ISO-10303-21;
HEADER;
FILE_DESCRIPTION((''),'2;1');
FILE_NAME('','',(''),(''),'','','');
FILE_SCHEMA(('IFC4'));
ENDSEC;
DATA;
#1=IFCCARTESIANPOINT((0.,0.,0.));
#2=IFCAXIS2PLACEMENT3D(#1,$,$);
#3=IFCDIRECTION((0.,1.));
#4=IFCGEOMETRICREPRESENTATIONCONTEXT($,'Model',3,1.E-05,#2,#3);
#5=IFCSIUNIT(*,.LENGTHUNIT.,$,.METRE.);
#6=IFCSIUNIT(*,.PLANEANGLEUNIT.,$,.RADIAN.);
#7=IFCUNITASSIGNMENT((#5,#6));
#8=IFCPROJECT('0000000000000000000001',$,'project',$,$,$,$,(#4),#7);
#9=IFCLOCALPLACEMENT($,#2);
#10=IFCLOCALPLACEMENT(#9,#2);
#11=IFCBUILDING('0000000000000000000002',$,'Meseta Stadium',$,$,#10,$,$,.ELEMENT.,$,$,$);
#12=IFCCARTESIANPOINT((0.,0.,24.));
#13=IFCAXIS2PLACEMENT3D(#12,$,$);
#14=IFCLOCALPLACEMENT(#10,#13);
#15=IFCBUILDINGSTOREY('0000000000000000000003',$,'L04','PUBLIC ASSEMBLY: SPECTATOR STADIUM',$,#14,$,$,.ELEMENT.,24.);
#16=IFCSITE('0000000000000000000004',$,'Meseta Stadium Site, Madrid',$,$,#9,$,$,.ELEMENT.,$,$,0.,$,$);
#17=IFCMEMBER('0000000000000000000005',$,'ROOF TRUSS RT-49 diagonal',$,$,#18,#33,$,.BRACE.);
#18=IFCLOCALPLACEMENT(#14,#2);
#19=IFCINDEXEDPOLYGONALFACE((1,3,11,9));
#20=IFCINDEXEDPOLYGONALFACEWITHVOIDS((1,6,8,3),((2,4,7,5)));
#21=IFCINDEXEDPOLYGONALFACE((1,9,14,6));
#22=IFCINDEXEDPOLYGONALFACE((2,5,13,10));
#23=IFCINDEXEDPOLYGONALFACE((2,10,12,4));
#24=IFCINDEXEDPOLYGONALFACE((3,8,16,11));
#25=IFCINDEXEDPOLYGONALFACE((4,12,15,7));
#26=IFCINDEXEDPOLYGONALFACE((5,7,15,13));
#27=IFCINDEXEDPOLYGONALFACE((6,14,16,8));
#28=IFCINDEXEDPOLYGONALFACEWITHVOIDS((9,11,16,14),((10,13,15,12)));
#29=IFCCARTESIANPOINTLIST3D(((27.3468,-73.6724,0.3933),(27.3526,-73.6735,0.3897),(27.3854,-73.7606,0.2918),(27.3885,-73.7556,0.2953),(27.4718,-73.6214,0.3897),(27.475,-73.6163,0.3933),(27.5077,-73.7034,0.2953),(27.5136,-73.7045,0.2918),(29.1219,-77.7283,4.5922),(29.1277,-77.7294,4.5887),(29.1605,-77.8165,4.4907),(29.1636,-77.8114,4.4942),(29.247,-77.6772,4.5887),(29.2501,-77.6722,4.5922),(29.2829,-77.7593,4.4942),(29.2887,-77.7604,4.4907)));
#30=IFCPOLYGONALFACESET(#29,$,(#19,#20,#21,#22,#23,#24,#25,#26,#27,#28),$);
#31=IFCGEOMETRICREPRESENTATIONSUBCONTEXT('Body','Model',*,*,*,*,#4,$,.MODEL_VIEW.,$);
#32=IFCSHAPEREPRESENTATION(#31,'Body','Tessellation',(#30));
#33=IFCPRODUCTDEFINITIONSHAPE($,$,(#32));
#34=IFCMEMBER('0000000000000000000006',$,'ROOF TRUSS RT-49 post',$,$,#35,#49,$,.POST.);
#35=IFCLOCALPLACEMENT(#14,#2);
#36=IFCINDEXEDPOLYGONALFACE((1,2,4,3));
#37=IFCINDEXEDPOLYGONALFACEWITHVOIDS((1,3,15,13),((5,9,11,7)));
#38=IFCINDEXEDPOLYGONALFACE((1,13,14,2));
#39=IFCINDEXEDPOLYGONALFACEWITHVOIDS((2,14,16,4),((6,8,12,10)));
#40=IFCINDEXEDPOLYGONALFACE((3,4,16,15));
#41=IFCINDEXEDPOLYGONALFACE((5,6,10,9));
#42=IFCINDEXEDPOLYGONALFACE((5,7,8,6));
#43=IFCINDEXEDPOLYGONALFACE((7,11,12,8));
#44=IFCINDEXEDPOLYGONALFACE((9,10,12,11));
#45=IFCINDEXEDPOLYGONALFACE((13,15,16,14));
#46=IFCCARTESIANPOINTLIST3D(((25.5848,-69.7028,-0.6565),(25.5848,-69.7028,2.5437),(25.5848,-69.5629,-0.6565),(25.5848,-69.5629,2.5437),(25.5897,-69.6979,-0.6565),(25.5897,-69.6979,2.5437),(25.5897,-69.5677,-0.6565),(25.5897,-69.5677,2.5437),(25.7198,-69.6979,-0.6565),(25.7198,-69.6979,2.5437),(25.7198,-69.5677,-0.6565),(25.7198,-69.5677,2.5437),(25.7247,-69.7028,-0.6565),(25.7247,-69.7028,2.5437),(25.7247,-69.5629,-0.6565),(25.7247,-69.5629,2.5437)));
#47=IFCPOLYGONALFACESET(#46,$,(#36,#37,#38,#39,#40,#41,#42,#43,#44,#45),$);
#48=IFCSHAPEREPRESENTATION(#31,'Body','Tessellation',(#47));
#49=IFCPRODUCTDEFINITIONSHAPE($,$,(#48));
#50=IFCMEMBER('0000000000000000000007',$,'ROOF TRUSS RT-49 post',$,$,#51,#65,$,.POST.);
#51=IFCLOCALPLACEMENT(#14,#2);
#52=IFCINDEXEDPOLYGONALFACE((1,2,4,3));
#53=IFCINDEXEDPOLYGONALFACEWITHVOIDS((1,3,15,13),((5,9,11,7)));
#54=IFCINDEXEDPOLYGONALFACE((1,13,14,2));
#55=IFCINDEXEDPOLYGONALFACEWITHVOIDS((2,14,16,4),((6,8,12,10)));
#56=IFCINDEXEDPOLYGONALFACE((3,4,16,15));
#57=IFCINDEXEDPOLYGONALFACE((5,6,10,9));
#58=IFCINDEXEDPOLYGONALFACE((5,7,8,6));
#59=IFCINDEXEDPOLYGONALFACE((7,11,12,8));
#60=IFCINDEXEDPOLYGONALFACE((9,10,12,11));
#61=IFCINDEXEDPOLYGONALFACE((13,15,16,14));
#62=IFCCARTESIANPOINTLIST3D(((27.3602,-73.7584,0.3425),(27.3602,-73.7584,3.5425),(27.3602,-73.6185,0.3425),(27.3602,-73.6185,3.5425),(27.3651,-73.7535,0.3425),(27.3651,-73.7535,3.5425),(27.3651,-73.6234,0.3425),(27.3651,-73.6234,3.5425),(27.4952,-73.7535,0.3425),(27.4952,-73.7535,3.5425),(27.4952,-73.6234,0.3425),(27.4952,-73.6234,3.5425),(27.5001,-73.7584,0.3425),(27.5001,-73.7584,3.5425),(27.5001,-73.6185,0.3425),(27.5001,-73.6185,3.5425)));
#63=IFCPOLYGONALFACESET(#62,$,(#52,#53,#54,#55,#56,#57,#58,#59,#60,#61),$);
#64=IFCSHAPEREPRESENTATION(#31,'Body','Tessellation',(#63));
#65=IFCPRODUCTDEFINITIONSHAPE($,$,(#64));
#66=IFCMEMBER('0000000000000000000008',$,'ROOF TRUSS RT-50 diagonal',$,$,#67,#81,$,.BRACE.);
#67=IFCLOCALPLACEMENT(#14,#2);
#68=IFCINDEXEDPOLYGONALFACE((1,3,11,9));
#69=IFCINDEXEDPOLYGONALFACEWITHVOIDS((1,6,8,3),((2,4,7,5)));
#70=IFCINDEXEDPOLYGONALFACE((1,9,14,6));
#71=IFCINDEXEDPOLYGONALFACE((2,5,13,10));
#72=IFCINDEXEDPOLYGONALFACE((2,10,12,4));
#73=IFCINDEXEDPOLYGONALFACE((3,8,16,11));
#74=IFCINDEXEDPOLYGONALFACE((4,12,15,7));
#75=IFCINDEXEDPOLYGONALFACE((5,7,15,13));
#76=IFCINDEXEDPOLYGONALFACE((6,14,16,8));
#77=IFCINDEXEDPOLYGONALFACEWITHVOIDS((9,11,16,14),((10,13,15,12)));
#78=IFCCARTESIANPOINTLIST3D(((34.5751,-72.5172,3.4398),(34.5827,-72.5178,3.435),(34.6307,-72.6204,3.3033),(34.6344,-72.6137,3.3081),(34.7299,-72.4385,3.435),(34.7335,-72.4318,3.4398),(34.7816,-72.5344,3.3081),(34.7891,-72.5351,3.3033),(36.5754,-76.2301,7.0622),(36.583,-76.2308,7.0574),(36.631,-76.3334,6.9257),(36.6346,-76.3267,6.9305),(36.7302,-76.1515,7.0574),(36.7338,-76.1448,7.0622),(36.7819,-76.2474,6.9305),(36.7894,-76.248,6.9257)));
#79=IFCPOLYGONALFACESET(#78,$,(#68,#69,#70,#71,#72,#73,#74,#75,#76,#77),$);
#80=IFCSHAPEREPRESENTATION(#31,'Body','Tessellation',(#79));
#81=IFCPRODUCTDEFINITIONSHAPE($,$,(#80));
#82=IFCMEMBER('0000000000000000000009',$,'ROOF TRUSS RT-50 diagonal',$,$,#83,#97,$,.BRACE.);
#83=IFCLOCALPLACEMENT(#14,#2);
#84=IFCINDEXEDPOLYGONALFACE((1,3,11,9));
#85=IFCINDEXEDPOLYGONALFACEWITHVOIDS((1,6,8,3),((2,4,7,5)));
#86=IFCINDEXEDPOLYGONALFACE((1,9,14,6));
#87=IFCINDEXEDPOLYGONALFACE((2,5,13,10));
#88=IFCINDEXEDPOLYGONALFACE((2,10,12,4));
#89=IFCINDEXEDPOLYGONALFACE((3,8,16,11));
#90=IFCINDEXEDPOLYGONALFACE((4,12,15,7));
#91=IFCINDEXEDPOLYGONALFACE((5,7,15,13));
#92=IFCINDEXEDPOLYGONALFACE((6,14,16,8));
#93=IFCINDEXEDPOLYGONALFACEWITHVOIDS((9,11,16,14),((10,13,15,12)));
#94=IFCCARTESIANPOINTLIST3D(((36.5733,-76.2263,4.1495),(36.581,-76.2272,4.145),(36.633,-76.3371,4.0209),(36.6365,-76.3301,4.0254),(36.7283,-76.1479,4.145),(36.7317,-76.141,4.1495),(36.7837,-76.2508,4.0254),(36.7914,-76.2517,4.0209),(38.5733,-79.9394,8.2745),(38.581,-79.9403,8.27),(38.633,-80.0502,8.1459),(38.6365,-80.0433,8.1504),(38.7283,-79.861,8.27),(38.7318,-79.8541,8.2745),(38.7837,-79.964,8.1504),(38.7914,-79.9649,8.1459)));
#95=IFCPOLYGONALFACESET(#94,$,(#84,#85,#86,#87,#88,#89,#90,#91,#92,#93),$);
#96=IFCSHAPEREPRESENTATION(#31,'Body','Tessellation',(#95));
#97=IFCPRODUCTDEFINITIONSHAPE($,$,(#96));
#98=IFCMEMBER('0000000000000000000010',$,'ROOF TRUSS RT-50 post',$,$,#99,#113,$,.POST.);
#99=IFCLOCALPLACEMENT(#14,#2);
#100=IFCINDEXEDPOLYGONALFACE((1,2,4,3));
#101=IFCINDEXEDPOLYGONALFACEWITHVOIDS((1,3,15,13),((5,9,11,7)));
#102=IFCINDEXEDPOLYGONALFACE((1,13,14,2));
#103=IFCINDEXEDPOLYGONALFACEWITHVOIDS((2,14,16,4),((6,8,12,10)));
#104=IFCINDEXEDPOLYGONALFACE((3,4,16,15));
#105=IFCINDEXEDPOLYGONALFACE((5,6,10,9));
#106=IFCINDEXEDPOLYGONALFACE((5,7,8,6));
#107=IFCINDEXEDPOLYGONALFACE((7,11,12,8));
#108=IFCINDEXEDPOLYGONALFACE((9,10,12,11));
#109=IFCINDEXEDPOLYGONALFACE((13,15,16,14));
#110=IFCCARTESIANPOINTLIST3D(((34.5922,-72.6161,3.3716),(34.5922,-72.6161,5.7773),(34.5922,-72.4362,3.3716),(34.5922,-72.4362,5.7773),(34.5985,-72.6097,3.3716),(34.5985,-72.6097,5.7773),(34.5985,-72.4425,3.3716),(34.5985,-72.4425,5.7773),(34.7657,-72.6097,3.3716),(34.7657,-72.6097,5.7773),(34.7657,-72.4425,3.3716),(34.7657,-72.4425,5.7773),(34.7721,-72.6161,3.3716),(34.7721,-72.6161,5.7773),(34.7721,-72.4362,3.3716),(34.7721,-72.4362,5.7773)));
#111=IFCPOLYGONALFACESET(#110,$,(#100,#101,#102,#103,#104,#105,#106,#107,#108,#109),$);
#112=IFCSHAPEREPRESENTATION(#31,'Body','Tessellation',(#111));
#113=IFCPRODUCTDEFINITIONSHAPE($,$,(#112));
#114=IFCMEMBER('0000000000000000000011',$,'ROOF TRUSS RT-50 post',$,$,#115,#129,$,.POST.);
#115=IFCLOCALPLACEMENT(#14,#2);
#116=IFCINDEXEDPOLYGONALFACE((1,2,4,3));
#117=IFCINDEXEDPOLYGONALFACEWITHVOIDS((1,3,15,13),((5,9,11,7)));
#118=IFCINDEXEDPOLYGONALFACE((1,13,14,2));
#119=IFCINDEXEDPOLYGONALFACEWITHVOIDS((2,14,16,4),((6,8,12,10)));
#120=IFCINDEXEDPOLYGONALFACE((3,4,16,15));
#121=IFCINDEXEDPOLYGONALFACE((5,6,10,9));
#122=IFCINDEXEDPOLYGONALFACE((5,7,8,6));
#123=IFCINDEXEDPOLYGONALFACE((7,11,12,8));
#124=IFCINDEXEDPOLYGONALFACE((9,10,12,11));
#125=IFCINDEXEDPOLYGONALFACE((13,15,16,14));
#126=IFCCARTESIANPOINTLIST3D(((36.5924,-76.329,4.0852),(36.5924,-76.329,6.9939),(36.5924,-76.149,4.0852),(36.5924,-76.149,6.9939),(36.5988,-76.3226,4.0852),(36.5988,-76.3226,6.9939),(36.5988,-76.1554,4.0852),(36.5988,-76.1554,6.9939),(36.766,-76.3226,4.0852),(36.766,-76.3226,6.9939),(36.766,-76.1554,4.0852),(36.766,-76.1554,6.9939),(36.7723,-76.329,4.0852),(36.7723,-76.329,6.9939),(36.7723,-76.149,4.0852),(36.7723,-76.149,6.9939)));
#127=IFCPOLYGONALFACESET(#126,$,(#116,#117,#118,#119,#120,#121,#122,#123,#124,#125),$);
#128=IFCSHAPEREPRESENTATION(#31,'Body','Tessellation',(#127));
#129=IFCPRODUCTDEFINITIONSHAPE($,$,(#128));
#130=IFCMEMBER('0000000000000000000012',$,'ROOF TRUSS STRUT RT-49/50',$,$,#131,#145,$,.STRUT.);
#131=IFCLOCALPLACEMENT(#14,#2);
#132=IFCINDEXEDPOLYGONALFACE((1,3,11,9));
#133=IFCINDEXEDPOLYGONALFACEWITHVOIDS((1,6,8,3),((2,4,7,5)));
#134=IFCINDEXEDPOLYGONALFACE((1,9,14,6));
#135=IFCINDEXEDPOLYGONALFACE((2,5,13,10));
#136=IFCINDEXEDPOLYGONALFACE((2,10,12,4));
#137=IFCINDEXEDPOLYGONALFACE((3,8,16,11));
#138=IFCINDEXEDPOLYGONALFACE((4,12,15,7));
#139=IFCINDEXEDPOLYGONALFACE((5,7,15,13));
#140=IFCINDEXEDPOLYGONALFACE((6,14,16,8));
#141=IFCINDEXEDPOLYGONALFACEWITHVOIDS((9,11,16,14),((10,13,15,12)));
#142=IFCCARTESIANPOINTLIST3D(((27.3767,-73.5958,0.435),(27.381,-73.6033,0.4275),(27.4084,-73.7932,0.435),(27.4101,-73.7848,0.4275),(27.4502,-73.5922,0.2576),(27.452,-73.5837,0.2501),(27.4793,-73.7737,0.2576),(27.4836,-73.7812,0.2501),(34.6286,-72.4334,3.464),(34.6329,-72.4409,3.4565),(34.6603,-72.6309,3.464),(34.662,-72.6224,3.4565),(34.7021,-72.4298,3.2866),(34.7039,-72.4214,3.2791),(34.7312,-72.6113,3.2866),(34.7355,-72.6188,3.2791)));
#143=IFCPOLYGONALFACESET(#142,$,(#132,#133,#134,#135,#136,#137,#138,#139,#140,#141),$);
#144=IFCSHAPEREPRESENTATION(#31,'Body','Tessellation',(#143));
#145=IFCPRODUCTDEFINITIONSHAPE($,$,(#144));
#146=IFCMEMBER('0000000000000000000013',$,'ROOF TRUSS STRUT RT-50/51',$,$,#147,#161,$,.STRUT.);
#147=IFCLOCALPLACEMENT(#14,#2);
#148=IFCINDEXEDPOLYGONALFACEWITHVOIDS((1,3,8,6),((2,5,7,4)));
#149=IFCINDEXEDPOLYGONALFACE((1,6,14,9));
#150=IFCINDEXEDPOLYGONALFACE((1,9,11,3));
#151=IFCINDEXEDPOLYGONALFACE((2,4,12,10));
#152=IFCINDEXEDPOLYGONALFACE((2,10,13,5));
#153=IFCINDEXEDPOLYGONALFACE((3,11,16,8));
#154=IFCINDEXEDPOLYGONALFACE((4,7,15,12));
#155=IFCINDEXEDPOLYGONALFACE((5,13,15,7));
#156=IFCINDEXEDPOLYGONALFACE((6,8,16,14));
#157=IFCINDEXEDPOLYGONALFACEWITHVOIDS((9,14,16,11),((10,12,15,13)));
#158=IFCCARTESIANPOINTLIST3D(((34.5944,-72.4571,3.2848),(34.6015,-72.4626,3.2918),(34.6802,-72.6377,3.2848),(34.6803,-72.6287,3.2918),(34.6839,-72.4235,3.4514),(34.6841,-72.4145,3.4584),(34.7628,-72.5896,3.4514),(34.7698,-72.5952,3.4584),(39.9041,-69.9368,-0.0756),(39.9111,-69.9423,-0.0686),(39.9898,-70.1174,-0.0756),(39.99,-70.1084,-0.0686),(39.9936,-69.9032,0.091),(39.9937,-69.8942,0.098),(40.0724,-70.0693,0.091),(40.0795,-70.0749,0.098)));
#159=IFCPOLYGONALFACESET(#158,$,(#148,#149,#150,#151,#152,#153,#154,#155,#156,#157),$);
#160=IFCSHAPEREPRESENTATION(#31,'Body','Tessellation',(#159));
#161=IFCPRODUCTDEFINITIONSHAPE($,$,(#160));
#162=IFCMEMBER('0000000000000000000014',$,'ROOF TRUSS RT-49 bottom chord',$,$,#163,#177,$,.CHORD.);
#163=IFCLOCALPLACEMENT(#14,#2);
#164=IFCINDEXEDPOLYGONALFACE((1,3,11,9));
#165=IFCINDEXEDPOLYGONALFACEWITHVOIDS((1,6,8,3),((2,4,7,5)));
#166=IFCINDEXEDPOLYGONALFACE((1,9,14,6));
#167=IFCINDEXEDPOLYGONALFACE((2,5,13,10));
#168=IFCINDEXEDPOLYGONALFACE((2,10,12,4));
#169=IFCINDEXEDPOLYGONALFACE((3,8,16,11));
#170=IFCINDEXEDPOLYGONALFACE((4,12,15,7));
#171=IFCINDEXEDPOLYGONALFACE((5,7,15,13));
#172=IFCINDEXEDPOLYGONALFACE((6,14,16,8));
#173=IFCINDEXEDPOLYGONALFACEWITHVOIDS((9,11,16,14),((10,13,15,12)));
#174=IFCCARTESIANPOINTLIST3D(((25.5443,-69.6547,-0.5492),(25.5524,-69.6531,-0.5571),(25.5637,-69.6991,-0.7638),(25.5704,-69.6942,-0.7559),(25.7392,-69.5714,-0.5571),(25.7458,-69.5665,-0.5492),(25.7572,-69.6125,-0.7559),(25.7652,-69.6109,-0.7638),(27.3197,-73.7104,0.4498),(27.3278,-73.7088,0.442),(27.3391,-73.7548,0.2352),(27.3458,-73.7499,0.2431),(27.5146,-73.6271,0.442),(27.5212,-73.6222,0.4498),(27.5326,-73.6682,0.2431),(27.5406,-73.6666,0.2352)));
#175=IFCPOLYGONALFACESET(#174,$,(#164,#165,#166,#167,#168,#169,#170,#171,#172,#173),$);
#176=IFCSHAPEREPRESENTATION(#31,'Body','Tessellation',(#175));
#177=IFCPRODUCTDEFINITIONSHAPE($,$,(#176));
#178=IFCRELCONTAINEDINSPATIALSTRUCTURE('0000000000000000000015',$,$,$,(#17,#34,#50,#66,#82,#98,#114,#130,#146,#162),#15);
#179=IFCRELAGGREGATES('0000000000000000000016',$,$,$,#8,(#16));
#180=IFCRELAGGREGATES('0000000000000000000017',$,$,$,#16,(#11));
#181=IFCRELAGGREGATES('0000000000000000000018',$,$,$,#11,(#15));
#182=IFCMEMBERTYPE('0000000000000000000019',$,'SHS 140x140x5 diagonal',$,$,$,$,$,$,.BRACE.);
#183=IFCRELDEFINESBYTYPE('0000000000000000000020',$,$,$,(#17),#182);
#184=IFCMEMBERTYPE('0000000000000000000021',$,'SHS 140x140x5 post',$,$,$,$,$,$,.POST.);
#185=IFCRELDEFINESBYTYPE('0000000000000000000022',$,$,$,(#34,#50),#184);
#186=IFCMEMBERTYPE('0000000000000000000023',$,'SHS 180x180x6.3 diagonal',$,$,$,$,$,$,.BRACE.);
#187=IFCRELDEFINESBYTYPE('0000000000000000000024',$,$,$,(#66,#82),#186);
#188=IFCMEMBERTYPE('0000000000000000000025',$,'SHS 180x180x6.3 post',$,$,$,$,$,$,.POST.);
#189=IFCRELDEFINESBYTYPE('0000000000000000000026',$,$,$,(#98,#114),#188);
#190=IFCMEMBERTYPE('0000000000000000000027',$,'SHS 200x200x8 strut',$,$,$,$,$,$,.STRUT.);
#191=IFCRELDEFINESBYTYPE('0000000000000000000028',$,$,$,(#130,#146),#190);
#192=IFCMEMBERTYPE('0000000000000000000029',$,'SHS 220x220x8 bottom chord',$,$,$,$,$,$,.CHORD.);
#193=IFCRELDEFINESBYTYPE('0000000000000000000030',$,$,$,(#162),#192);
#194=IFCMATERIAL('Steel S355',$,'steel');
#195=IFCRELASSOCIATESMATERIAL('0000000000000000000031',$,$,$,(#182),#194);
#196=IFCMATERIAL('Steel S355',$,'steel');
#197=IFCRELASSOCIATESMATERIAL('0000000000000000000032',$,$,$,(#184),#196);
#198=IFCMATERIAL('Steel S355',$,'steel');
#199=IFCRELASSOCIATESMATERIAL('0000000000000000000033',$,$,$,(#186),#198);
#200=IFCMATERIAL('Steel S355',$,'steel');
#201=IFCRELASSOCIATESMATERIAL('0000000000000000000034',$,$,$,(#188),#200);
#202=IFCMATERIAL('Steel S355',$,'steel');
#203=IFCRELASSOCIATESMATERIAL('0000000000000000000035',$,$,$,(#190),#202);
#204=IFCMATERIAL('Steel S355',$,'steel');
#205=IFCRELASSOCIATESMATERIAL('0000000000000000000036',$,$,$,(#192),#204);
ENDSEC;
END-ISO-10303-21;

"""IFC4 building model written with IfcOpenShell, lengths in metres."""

from ifc_helpers import new_model, si_unit, direction, frame, origin, origin_2d, place, context, subcontext, project, spatial, hollow_rectangle, extrude, material, material_profile, profile_set, type_object, element, save


model = new_model("IFC4")

# Units and contexts
model_context = context("Model", 3, precision=1e-05, world=origin(), true_north=direction((0.0, 1.0)))
body_context = subcontext(model_context, "Body", "Model", "MODEL_VIEW")
ifc_project = project(units=[si_unit("LENGTHUNIT", "METRE"), si_unit("PLANEANGLEUNIT", "RADIAN")], contexts=[model_context])

# Site, building, storey
site_placement = place(None, origin())
site = spatial("IfcSite", under=ifc_project, at=site_placement, Name="Meseta Stadium Site, Madrid", CompositionType="ELEMENT", RefElevation=0.0)
building_placement = place(site_placement, origin())
building = spatial("IfcBuilding", under=site, at=building_placement, Name="Meseta Stadium", CompositionType="ELEMENT")
storey_placement = place(building_placement, frame((0.0, 0.0, 24.0)))
storey = spatial("IfcBuildingStorey", under=building, at=storey_placement, Name="L04", Description="PUBLIC ASSEMBLY: SPECTATOR STADIUM", CompositionType="ELEMENT", Elevation=24.0)

# Members
ifc_material_1 = material(Name="Steel S355", Category="steel")
ifc_material_profile_1 = material_profile(ifc_material_1, hollow_rectangle(XDim=0.1399, YDim=0.1399, WallThickness=0.0049, at=origin_2d()), Name="SHS 140x140x5")
ifc_profile_set_1 = profile_set([ifc_material_profile_1], Name="Steel S355")
member_type_1 = type_object("IfcMemberType", Name="SHS 140x140x5 diagonal", PredefinedType="BRACE", material=ifc_profile_set_1)
member_1_placement = place(storey_placement, frame((27.4302, -73.6885, 0.3425), z_axis=(0.290918, -0.664698, 0.688145), x_axis=(0.9161, 0.400949, 0.0)))
element("IfcMember", 1, at=member_1_placement, inside=storey, type_object=member_type_1, Name="ROOF TRUSS RT-49 diagonal", PredefinedType="BRACE", context=body_context, shape_type="SweptSolid", body=[
    extrude(hollow_rectangle(XDim=0.1399, YDim=0.1399, WallThickness=0.0049, at=origin_2d()), origin(), (0.0, 0.0, 1.0), 6.1018),
])
ifc_material_2 = material(Name="Steel S355", Category="steel")
ifc_material_profile_2 = material_profile(ifc_material_2, hollow_rectangle(XDim=0.1399, YDim=0.1399, WallThickness=0.0049, at=origin_2d()), Name="SHS 140x140x5")
ifc_profile_set_2 = profile_set([ifc_material_profile_2], Name="Steel S355")
member_type_2 = type_object("IfcMemberType", Name="SHS 140x140x5 post", PredefinedType="POST", material=ifc_profile_set_2)
member_2_placement = place(storey_placement, frame((25.6548, -69.6328, -0.6565), z_axis=(0.0, 0.0, 1.0), x_axis=(1.0, 0.0, 0.0)))
element("IfcMember", 2, at=member_2_placement, inside=storey, type_object=member_type_2, Name="ROOF TRUSS RT-49 post", PredefinedType="POST", context=body_context, shape_type="SweptSolid", body=[
    extrude(hollow_rectangle(XDim=0.1399, YDim=0.1399, WallThickness=0.0049, at=origin_2d()), origin(), (0.0, 0.0, 1.0), 3.2002),
])
member_3_placement = place(storey_placement, frame((27.4302, -73.6885, 0.3425), z_axis=(0.0, 0.0, 1.0), x_axis=(1.0, 0.0, 0.0)))
element("IfcMember", 3, at=member_3_placement, inside=storey, type_object=member_type_2, Name="ROOF TRUSS RT-49 post", PredefinedType="POST", context=body_context, shape_type="SweptSolid", body=[
    extrude(hollow_rectangle(XDim=0.1399, YDim=0.1399, WallThickness=0.0049, at=origin_2d()), origin(), (0.0, 0.0, 1.0), 3.2),
])
ifc_material_3 = material(Name="Steel S355", Category="steel")
ifc_material_profile_3 = material_profile(ifc_material_3, hollow_rectangle(XDim=0.1799, YDim=0.1799, WallThickness=0.0063, at=origin_2d()), Name="SHS 180x180x6.3")
ifc_profile_set_3 = profile_set([ifc_material_profile_3], Name="Steel S355")
member_type_3 = type_object("IfcMemberType", Name="SHS 180x180x6.3 diagonal", PredefinedType="BRACE", material=ifc_profile_set_3)
member_4_placement = place(storey_placement, frame((34.6821, -72.5261, 3.3716), z_axis=(0.359791, -0.66785, 0.651558), x_axis=(0.880373, 0.474283, 0.0)))
element("IfcMember", 4, at=member_4_placement, inside=storey, type_object=member_type_3, Name="ROOF TRUSS RT-50 diagonal", PredefinedType="BRACE", context=body_context, shape_type="SweptSolid", body=[
    extrude(hollow_rectangle(XDim=0.1799, YDim=0.1799, WallThickness=0.0063, at=origin_2d()), origin(), (0.0, 0.0, 1.0), 5.5596),
])
member_5_placement = place(storey_placement, frame((36.6824, -76.239, 4.0852), z_axis=(0.339017, -0.629408, 0.699223), x_axis=(0.88041, 0.474214, 0.0)))
element("IfcMember", 5, at=member_5_placement, inside=storey, type_object=member_type_3, Name="ROOF TRUSS RT-50 diagonal", PredefinedType="BRACE", context=body_context, shape_type="SweptSolid", body=[
    extrude(hollow_rectangle(XDim=0.1799, YDim=0.1799, WallThickness=0.0063, at=origin_2d()), origin(), (0.0, 0.0, 1.0), 5.8994),
])
ifc_material_4 = material(Name="Steel S355", Category="steel")
ifc_material_profile_4 = material_profile(ifc_material_4, hollow_rectangle(XDim=0.1799, YDim=0.1799, WallThickness=0.0063, at=origin_2d()), Name="SHS 180x180x6.3")
ifc_profile_set_4 = profile_set([ifc_material_profile_4], Name="Steel S355")
member_type_4 = type_object("IfcMemberType", Name="SHS 180x180x6.3 post", PredefinedType="POST", material=ifc_profile_set_4)
member_6_placement = place(storey_placement, frame((34.6821, -72.5261, 3.3716), z_axis=(0.0, 0.0, 1.0), x_axis=(1.0, 0.0, 0.0)))
element("IfcMember", 6, at=member_6_placement, inside=storey, type_object=member_type_4, Name="ROOF TRUSS RT-50 post", PredefinedType="POST", context=body_context, shape_type="SweptSolid", body=[
    extrude(hollow_rectangle(XDim=0.1799, YDim=0.1799, WallThickness=0.0063, at=origin_2d()), origin(), (0.0, 0.0, 1.0), 2.4058),
])
member_7_placement = place(storey_placement, frame((36.6824, -76.239, 4.0852), z_axis=(0.0, 0.0, 1.0), x_axis=(1.0, 0.0, 0.0)))
element("IfcMember", 7, at=member_7_placement, inside=storey, type_object=member_type_4, Name="ROOF TRUSS RT-50 post", PredefinedType="POST", context=body_context, shape_type="SweptSolid", body=[
    extrude(hollow_rectangle(XDim=0.1799, YDim=0.1799, WallThickness=0.0063, at=origin_2d()), origin(), (0.0, 0.0, 1.0), 2.9087),
])
ifc_material_5 = material(Name="Steel S355", Category="steel")
ifc_material_profile_5 = material_profile(ifc_material_5, hollow_rectangle(XDim=0.2, YDim=0.2, WallThickness=0.0081, at=origin_2d()), Name="SHS 200x200x8")
ifc_profile_set_5 = profile_set([ifc_material_profile_5], Name="Steel S355")
member_type_5 = type_object("IfcMemberType", Name="SHS 200x200x8 strut", PredefinedType="STRUT", material=ifc_profile_set_5)
member_8_placement = place(storey_placement, frame((27.4302, -73.6885, 0.3425), z_axis=(0.912813, 0.146307, 0.381271), x_axis=(-0.158261, 0.987397, 0.0)))
element("IfcMember", 8, at=member_8_placement, inside=storey, type_object=member_type_5, Name="ROOF TRUSS STRUT RT-49/50", PredefinedType="STRUT", context=body_context, shape_type="SweptSolid", body=[
    extrude(hollow_rectangle(XDim=0.2, YDim=0.2, WallThickness=0.0081, at=origin_2d()), origin(), (0.0, 0.0, 1.0), 7.9446),
])
member_9_placement = place(storey_placement, frame((34.6821, -72.5261, 3.3716), z_axis=(0.784259, 0.37226, -0.496347), x_axis=(-0.428809, 0.903395, 0.0)))
element("IfcMember", 9, at=member_9_placement, inside=storey, type_object=member_type_5, Name="ROOF TRUSS STRUT RT-50/51", PredefinedType="STRUT", context=body_context, shape_type="SweptSolid", body=[
    extrude(hollow_rectangle(XDim=0.2, YDim=0.2, WallThickness=0.0081, at=origin_2d()), origin(), (0.0, 0.0, 1.0), 6.7703),
])
ifc_material_6 = material(Name="Steel S355", Category="steel")
ifc_material_profile_6 = material_profile(ifc_material_6, hollow_rectangle(XDim=0.22, YDim=0.22, WallThickness=0.0081, at=origin_2d()), Name="SHS 220x220x8")
ifc_profile_set_6 = profile_set([ifc_material_profile_6], Name="Steel S355")
member_type_6 = type_object("IfcMemberType", Name="SHS 220x220x8 bottom chord", PredefinedType="CHORD", material=ifc_profile_set_6)
for number, where, z_axis, x_axis, name in (
    (10, (25.6548, -69.6328, -0.6565), (0.39118, -0.893603, 0.220119), (0.916071, 0.401016, 0.0), "ROOF TRUSS RT-49 bottom chord"),
):
    element("IfcMember", number, at=place(storey_placement, frame(where, z_axis=z_axis, x_axis=x_axis)), inside=storey, type_object=member_type_6, Name=name, PredefinedType="CHORD", context=body_context, shape_type="SweptSolid", body=[
        extrude(hollow_rectangle(XDim=0.22, YDim=0.22, WallThickness=0.0081, at=origin_2d()), origin(), (0.0, 0.0, 1.0), 4.5386),
    ])

save(model, "model.ifc")
